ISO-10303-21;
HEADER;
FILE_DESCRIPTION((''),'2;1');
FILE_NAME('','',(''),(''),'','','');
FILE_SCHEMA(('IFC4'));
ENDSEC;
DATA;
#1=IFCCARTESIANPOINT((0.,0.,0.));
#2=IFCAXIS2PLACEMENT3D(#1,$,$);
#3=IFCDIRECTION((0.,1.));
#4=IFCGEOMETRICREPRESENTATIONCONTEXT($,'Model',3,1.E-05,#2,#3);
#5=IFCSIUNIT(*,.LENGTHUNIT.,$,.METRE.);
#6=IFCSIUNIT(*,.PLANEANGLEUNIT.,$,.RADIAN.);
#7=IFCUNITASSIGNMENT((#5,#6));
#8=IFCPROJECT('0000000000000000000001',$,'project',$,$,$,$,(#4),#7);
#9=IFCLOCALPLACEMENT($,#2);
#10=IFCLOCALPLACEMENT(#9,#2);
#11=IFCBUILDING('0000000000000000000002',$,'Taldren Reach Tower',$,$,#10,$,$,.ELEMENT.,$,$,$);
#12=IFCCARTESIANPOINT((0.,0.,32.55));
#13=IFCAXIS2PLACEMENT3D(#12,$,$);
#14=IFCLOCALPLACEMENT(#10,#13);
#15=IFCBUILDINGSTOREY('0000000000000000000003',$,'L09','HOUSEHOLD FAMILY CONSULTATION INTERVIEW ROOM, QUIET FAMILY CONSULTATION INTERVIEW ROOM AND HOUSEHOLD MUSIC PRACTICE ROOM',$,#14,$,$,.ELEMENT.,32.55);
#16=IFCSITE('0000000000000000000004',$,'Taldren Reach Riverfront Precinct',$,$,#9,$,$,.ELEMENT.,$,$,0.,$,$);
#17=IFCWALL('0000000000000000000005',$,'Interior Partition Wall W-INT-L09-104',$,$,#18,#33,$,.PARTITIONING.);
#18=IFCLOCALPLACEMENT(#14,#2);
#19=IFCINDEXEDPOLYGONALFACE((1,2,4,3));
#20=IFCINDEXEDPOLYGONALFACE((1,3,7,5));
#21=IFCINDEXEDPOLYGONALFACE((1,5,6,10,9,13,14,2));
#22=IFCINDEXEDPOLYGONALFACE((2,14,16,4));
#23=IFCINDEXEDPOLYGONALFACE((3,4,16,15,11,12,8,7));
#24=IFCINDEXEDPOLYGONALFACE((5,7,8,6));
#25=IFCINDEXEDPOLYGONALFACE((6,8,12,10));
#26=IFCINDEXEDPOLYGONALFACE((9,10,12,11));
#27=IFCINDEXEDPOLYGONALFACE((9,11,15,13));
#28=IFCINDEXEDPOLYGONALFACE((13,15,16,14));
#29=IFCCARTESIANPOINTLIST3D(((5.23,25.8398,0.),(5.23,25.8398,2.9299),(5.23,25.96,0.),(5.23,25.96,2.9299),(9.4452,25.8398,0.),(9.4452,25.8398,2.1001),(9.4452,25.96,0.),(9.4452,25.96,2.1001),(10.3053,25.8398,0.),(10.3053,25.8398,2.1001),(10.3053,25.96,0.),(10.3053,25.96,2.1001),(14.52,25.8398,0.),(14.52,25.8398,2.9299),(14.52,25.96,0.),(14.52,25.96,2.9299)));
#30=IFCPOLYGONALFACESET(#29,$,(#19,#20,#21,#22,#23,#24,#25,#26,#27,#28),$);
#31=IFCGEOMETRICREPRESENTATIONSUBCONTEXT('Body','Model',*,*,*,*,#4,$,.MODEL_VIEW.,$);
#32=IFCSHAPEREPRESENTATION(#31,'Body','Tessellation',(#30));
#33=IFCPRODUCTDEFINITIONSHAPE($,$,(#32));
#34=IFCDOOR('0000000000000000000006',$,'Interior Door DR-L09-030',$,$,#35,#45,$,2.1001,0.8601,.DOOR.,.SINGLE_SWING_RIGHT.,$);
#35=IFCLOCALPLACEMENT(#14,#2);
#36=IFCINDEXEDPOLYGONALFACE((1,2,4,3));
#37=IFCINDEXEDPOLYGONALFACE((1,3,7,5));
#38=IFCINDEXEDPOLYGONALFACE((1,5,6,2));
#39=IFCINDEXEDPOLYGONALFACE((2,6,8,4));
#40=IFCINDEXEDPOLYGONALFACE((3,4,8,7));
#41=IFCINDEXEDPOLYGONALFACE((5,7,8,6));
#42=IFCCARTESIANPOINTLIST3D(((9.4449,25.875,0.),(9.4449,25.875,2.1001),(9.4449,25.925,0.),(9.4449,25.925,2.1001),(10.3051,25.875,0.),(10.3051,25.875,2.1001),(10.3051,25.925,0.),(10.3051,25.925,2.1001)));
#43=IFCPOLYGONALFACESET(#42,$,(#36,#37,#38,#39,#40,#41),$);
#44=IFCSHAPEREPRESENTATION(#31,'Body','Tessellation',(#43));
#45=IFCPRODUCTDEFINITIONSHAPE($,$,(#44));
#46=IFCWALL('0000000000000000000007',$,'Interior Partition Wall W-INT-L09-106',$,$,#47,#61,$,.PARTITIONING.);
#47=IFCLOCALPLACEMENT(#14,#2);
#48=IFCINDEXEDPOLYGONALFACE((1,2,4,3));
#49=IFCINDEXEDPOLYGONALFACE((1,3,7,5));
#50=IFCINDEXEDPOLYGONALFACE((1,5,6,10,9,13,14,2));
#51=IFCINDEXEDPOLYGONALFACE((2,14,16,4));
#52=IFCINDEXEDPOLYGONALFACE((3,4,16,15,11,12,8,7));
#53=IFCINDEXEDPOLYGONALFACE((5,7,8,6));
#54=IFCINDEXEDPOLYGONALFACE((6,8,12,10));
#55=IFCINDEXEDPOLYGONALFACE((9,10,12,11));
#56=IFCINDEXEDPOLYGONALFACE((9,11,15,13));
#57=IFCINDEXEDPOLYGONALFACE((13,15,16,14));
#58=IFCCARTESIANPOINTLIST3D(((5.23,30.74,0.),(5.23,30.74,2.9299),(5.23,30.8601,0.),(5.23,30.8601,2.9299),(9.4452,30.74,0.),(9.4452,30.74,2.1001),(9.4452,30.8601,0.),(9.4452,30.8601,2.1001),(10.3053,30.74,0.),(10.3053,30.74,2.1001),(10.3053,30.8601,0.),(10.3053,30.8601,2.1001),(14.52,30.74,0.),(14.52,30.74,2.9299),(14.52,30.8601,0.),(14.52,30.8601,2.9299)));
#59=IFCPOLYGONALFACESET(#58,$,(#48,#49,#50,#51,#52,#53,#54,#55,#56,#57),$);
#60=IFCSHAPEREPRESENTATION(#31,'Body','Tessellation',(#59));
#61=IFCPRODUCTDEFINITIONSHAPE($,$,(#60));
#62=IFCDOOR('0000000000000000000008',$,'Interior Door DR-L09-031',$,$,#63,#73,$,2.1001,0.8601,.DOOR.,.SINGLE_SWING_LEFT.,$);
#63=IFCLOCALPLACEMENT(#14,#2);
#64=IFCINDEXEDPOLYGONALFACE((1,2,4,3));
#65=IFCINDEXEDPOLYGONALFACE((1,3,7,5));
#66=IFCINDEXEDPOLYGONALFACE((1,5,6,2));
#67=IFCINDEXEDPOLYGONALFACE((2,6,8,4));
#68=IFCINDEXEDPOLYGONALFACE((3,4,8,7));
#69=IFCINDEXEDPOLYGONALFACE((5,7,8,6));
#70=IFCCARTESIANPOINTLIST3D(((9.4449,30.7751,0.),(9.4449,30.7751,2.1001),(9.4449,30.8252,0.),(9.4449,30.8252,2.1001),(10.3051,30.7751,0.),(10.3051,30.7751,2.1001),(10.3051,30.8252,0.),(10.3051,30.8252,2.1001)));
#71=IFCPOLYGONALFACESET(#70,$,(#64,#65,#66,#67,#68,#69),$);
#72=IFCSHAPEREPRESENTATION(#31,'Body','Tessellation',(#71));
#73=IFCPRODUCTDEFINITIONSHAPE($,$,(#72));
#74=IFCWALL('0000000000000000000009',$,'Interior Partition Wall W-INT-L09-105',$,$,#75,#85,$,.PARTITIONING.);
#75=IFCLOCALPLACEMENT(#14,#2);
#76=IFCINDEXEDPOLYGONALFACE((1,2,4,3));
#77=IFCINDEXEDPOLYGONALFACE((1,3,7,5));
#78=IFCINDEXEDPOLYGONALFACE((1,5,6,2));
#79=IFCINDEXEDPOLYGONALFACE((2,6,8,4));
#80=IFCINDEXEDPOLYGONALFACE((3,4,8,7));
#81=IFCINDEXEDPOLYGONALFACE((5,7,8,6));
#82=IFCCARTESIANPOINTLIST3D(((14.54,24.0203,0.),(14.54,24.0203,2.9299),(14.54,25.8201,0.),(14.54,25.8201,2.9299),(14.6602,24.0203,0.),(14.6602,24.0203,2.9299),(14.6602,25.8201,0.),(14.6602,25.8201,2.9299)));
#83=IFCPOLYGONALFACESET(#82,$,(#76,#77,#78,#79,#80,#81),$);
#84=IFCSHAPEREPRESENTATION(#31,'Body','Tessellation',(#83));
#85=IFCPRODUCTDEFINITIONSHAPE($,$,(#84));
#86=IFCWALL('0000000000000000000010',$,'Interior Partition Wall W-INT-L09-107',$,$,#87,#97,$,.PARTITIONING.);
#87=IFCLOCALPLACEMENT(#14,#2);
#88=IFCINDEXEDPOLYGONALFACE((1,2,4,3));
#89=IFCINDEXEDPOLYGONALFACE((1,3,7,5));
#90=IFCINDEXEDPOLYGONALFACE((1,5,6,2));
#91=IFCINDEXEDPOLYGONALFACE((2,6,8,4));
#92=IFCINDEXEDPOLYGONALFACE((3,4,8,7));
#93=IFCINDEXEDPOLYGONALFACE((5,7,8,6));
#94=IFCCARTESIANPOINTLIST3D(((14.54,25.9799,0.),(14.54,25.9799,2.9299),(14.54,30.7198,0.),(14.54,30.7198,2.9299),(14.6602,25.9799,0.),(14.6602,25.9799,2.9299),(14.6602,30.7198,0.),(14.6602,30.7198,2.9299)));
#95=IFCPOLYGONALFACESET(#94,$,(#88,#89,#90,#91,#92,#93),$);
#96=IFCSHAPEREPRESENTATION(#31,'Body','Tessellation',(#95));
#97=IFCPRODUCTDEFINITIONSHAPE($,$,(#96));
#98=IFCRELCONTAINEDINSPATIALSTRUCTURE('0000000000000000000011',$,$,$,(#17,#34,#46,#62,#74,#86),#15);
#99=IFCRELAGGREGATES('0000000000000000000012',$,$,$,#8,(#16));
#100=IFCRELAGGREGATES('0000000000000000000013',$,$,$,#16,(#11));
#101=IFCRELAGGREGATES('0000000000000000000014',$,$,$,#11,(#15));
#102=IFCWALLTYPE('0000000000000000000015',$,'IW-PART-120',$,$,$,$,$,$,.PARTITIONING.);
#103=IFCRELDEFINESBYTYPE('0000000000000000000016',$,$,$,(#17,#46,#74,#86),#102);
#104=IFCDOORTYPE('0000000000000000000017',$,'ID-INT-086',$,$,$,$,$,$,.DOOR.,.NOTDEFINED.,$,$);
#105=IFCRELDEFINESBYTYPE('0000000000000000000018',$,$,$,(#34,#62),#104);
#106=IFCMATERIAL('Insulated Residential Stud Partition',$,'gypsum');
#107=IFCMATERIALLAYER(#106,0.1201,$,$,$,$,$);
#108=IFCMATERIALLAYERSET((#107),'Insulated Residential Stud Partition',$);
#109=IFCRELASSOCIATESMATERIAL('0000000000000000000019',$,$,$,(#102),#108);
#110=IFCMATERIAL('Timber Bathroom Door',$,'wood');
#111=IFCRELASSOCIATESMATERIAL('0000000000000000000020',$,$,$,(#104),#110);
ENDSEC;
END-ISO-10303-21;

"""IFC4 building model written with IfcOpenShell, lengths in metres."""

from ifc_helpers import new_model, si_unit, direction, frame, frame_2d, origin, place, context, subcontext, project, spatial, rectangle, extrude, source, transform, mapped, material, layer, layer_set, type_object, element, fill, save


model = new_model("IFC4")

# Units and contexts
model_context = context("Model", 3, precision=1e-05, world=origin(), true_north=direction((0.0, 1.0)))
body_context = subcontext(model_context, "Body", "Model", "MODEL_VIEW")
ifc_project = project(units=[si_unit("LENGTHUNIT", "METRE"), si_unit("PLANEANGLEUNIT", "RADIAN")], contexts=[model_context])

# Site, building, storey
site_placement = place(None, origin())
site = spatial("IfcSite", under=ifc_project, at=site_placement, Name="Taldren Reach Riverfront Precinct", CompositionType="ELEMENT", RefElevation=0.0)
building_placement = place(site_placement, origin())
building = spatial("IfcBuilding", under=site, at=building_placement, Name="Taldren Reach Tower", CompositionType="ELEMENT")
storey_placement = place(building_placement, frame((0.0, 0.0, 32.55)))
storey = spatial("IfcBuildingStorey", under=building, at=storey_placement, Name="L09", Description="HOUSEHOLD FAMILY CONSULTATION INTERVIEW ROOM, QUIET FAMILY CONSULTATION INTERVIEW ROOM AND HOUSEHOLD MUSIC PRACTICE ROOM", CompositionType="ELEMENT", Elevation=32.55)

# Walls, openings, doors
ifc_material_1 = material(Name="Insulated Residential Stud Partition", Category="gypsum")
ifc_layer_1 = layer(ifc_material_1, 0.1201)
ifc_layer_set_1 = layer_set([ifc_layer_1], Name="Insulated Residential Stud Partition")
wall_type_1 = type_object("IfcWallType", Name="IW-PART-120", PredefinedType="PARTITIONING", material=ifc_layer_set_1)
shared_shape_1 = source(origin(), body_context, "Body", "SweptSolid", [
    extrude(rectangle(XDim=9.29, YDim=0.1201, at=frame_2d((4.645, 0.0))), origin(), (0.0, 0.0, 1.0), 2.9299),
])
wall_1_placement = place(storey_placement, frame((5.23, 25.8999, 0.0), z_axis=(0.0, 0.0, 1.0), x_axis=(1.0, 0.0, 0.0)))
wall_1 = element("IfcWall", 1, at=wall_1_placement, inside=storey, type_object=wall_type_1, Name="Interior Partition Wall W-INT-L09-104", PredefinedType="PARTITIONING", context=body_context, shape_type="MappedRepresentation", body=[
    mapped(shared_shape_1, transform((0.0, 0.0, 0.0), scale=1.0)),
])
shared_shape_2 = source(origin(), body_context, "Body", "SweptSolid", [
    extrude(rectangle(XDim=0.8601, YDim=2.1001, at=frame_2d((0.4302, 1.05))), frame((0.0, 0.0701, 0.0), z_axis=(0.0, -1.0, 0.0), x_axis=(1.0, 0.0, 0.0)), (0.0, 0.0, 1.0), 0.1401),
])
opening_1_placement = place(wall_1_placement, frame((4.2151, 0.0, 0.0)))
opening_1 = element("IfcOpeningElement", 2, at=opening_1_placement, cuts=wall_1, PredefinedType="OPENING", context=body_context, shape_type="MappedRepresentation", body=[
    mapped(shared_shape_2, transform((0.0, 0.0, 0.0), scale=1.0)),
])
ifc_material_2 = material(Name="Timber Bathroom Door", Category="wood")
door_type_1 = type_object("IfcDoorType", Name="ID-INT-086", OperationType="NOTDEFINED", PredefinedType="DOOR", material=ifc_material_2)
shared_shape_3 = source(origin(), body_context, "Body", "SweptSolid", [
    extrude(rectangle(XDim=0.8601, YDim=2.1001, at=frame_2d((0.4302, 1.05))), frame((0.0, 0.0249, 0.0), z_axis=(0.0, -1.0, 0.0), x_axis=(1.0, 0.0, 0.0)), (0.0, 0.0, 1.0), 0.05),
])
door_1_placement = place(opening_1_placement, frame((0.8601, 0.0, 0.0), z_axis=(0.0, 0.0, 1.0), x_axis=(-1.0, 0.0, 0.0)))
door_1 = element("IfcDoor", 3, at=door_1_placement, inside=storey, type_object=door_type_1, Name="Interior Door DR-L09-030", OperationType="SINGLE_SWING_RIGHT", OverallHeight=2.1001, OverallWidth=0.8601, PredefinedType="DOOR", context=body_context, shape_type="MappedRepresentation", body=[
    mapped(shared_shape_3, transform((0.0, 0.0, 0.0), scale=1.0)),
])
fill(opening_1, door_1)
wall_2_placement = place(storey_placement, frame((5.23, 30.8, 0.0), z_axis=(0.0, 0.0, 1.0), x_axis=(1.0, 0.0, 0.0)))
wall_2 = element("IfcWall", 4, at=wall_2_placement, inside=storey, type_object=wall_type_1, Name="Interior Partition Wall W-INT-L09-106", PredefinedType="PARTITIONING", context=body_context, shape_type="MappedRepresentation", body=[
    mapped(shared_shape_1, transform((0.0, 0.0, 0.0), scale=1.0)),
])
opening_2_placement = place(wall_2_placement, frame((4.2151, 0.0, 0.0)))
opening_2 = element("IfcOpeningElement", 5, at=opening_2_placement, cuts=wall_2, PredefinedType="OPENING", context=body_context, shape_type="MappedRepresentation", body=[
    mapped(shared_shape_2, transform((0.0, 0.0, 0.0), scale=1.0)),
])
door_2_placement = place(opening_2_placement, frame((0.8601, 0.0, 0.0), z_axis=(0.0, 0.0, 1.0), x_axis=(-1.0, 0.0, 0.0)))
door_2 = element("IfcDoor", 6, at=door_2_placement, inside=storey, type_object=door_type_1, Name="Interior Door DR-L09-031", OperationType="SINGLE_SWING_LEFT", OverallHeight=2.1001, OverallWidth=0.8601, PredefinedType="DOOR", context=body_context, shape_type="MappedRepresentation", body=[
    mapped(shared_shape_3, transform((0.0, 0.0, 0.0), scale=1.0)),
])
fill(opening_2, door_2)

# Walls
shared_shape_4 = source(origin(), body_context, "Body", "SweptSolid", [
    extrude(rectangle(XDim=1.7998, YDim=0.1201, at=frame_2d((0.8999, 0.0))), origin(), (0.0, 0.0, 1.0), 2.9299),
])
wall_3_placement = place(storey_placement, frame((14.6001, 25.8201, 0.0), z_axis=(0.0, 0.0, 1.0), x_axis=(0.0, -1.0, 0.0)))
element("IfcWall", 7, at=wall_3_placement, inside=storey, type_object=wall_type_1, Name="Interior Partition Wall W-INT-L09-105", PredefinedType="PARTITIONING", context=body_context, shape_type="MappedRepresentation", body=[
    mapped(shared_shape_4, transform((0.0, 0.0, 0.0), scale=1.0)),
])
shared_shape_5 = source(origin(), body_context, "Body", "SweptSolid", [
    extrude(rectangle(XDim=4.74, YDim=0.1201, at=frame_2d((2.3701, 0.0))), origin(), (0.0, 0.0, 1.0), 2.9299),
])
wall_4_placement = place(storey_placement, frame((14.6001, 30.72, 0.0), z_axis=(0.0, 0.0, 1.0), x_axis=(0.0, -1.0, 0.0)))
element("IfcWall", 8, at=wall_4_placement, inside=storey, type_object=wall_type_1, Name="Interior Partition Wall W-INT-L09-107", PredefinedType="PARTITIONING", context=body_context, shape_type="MappedRepresentation", body=[
    mapped(shared_shape_5, transform((0.0, 0.0, 0.0), scale=1.0)),
])

save(model, "model.ifc")
